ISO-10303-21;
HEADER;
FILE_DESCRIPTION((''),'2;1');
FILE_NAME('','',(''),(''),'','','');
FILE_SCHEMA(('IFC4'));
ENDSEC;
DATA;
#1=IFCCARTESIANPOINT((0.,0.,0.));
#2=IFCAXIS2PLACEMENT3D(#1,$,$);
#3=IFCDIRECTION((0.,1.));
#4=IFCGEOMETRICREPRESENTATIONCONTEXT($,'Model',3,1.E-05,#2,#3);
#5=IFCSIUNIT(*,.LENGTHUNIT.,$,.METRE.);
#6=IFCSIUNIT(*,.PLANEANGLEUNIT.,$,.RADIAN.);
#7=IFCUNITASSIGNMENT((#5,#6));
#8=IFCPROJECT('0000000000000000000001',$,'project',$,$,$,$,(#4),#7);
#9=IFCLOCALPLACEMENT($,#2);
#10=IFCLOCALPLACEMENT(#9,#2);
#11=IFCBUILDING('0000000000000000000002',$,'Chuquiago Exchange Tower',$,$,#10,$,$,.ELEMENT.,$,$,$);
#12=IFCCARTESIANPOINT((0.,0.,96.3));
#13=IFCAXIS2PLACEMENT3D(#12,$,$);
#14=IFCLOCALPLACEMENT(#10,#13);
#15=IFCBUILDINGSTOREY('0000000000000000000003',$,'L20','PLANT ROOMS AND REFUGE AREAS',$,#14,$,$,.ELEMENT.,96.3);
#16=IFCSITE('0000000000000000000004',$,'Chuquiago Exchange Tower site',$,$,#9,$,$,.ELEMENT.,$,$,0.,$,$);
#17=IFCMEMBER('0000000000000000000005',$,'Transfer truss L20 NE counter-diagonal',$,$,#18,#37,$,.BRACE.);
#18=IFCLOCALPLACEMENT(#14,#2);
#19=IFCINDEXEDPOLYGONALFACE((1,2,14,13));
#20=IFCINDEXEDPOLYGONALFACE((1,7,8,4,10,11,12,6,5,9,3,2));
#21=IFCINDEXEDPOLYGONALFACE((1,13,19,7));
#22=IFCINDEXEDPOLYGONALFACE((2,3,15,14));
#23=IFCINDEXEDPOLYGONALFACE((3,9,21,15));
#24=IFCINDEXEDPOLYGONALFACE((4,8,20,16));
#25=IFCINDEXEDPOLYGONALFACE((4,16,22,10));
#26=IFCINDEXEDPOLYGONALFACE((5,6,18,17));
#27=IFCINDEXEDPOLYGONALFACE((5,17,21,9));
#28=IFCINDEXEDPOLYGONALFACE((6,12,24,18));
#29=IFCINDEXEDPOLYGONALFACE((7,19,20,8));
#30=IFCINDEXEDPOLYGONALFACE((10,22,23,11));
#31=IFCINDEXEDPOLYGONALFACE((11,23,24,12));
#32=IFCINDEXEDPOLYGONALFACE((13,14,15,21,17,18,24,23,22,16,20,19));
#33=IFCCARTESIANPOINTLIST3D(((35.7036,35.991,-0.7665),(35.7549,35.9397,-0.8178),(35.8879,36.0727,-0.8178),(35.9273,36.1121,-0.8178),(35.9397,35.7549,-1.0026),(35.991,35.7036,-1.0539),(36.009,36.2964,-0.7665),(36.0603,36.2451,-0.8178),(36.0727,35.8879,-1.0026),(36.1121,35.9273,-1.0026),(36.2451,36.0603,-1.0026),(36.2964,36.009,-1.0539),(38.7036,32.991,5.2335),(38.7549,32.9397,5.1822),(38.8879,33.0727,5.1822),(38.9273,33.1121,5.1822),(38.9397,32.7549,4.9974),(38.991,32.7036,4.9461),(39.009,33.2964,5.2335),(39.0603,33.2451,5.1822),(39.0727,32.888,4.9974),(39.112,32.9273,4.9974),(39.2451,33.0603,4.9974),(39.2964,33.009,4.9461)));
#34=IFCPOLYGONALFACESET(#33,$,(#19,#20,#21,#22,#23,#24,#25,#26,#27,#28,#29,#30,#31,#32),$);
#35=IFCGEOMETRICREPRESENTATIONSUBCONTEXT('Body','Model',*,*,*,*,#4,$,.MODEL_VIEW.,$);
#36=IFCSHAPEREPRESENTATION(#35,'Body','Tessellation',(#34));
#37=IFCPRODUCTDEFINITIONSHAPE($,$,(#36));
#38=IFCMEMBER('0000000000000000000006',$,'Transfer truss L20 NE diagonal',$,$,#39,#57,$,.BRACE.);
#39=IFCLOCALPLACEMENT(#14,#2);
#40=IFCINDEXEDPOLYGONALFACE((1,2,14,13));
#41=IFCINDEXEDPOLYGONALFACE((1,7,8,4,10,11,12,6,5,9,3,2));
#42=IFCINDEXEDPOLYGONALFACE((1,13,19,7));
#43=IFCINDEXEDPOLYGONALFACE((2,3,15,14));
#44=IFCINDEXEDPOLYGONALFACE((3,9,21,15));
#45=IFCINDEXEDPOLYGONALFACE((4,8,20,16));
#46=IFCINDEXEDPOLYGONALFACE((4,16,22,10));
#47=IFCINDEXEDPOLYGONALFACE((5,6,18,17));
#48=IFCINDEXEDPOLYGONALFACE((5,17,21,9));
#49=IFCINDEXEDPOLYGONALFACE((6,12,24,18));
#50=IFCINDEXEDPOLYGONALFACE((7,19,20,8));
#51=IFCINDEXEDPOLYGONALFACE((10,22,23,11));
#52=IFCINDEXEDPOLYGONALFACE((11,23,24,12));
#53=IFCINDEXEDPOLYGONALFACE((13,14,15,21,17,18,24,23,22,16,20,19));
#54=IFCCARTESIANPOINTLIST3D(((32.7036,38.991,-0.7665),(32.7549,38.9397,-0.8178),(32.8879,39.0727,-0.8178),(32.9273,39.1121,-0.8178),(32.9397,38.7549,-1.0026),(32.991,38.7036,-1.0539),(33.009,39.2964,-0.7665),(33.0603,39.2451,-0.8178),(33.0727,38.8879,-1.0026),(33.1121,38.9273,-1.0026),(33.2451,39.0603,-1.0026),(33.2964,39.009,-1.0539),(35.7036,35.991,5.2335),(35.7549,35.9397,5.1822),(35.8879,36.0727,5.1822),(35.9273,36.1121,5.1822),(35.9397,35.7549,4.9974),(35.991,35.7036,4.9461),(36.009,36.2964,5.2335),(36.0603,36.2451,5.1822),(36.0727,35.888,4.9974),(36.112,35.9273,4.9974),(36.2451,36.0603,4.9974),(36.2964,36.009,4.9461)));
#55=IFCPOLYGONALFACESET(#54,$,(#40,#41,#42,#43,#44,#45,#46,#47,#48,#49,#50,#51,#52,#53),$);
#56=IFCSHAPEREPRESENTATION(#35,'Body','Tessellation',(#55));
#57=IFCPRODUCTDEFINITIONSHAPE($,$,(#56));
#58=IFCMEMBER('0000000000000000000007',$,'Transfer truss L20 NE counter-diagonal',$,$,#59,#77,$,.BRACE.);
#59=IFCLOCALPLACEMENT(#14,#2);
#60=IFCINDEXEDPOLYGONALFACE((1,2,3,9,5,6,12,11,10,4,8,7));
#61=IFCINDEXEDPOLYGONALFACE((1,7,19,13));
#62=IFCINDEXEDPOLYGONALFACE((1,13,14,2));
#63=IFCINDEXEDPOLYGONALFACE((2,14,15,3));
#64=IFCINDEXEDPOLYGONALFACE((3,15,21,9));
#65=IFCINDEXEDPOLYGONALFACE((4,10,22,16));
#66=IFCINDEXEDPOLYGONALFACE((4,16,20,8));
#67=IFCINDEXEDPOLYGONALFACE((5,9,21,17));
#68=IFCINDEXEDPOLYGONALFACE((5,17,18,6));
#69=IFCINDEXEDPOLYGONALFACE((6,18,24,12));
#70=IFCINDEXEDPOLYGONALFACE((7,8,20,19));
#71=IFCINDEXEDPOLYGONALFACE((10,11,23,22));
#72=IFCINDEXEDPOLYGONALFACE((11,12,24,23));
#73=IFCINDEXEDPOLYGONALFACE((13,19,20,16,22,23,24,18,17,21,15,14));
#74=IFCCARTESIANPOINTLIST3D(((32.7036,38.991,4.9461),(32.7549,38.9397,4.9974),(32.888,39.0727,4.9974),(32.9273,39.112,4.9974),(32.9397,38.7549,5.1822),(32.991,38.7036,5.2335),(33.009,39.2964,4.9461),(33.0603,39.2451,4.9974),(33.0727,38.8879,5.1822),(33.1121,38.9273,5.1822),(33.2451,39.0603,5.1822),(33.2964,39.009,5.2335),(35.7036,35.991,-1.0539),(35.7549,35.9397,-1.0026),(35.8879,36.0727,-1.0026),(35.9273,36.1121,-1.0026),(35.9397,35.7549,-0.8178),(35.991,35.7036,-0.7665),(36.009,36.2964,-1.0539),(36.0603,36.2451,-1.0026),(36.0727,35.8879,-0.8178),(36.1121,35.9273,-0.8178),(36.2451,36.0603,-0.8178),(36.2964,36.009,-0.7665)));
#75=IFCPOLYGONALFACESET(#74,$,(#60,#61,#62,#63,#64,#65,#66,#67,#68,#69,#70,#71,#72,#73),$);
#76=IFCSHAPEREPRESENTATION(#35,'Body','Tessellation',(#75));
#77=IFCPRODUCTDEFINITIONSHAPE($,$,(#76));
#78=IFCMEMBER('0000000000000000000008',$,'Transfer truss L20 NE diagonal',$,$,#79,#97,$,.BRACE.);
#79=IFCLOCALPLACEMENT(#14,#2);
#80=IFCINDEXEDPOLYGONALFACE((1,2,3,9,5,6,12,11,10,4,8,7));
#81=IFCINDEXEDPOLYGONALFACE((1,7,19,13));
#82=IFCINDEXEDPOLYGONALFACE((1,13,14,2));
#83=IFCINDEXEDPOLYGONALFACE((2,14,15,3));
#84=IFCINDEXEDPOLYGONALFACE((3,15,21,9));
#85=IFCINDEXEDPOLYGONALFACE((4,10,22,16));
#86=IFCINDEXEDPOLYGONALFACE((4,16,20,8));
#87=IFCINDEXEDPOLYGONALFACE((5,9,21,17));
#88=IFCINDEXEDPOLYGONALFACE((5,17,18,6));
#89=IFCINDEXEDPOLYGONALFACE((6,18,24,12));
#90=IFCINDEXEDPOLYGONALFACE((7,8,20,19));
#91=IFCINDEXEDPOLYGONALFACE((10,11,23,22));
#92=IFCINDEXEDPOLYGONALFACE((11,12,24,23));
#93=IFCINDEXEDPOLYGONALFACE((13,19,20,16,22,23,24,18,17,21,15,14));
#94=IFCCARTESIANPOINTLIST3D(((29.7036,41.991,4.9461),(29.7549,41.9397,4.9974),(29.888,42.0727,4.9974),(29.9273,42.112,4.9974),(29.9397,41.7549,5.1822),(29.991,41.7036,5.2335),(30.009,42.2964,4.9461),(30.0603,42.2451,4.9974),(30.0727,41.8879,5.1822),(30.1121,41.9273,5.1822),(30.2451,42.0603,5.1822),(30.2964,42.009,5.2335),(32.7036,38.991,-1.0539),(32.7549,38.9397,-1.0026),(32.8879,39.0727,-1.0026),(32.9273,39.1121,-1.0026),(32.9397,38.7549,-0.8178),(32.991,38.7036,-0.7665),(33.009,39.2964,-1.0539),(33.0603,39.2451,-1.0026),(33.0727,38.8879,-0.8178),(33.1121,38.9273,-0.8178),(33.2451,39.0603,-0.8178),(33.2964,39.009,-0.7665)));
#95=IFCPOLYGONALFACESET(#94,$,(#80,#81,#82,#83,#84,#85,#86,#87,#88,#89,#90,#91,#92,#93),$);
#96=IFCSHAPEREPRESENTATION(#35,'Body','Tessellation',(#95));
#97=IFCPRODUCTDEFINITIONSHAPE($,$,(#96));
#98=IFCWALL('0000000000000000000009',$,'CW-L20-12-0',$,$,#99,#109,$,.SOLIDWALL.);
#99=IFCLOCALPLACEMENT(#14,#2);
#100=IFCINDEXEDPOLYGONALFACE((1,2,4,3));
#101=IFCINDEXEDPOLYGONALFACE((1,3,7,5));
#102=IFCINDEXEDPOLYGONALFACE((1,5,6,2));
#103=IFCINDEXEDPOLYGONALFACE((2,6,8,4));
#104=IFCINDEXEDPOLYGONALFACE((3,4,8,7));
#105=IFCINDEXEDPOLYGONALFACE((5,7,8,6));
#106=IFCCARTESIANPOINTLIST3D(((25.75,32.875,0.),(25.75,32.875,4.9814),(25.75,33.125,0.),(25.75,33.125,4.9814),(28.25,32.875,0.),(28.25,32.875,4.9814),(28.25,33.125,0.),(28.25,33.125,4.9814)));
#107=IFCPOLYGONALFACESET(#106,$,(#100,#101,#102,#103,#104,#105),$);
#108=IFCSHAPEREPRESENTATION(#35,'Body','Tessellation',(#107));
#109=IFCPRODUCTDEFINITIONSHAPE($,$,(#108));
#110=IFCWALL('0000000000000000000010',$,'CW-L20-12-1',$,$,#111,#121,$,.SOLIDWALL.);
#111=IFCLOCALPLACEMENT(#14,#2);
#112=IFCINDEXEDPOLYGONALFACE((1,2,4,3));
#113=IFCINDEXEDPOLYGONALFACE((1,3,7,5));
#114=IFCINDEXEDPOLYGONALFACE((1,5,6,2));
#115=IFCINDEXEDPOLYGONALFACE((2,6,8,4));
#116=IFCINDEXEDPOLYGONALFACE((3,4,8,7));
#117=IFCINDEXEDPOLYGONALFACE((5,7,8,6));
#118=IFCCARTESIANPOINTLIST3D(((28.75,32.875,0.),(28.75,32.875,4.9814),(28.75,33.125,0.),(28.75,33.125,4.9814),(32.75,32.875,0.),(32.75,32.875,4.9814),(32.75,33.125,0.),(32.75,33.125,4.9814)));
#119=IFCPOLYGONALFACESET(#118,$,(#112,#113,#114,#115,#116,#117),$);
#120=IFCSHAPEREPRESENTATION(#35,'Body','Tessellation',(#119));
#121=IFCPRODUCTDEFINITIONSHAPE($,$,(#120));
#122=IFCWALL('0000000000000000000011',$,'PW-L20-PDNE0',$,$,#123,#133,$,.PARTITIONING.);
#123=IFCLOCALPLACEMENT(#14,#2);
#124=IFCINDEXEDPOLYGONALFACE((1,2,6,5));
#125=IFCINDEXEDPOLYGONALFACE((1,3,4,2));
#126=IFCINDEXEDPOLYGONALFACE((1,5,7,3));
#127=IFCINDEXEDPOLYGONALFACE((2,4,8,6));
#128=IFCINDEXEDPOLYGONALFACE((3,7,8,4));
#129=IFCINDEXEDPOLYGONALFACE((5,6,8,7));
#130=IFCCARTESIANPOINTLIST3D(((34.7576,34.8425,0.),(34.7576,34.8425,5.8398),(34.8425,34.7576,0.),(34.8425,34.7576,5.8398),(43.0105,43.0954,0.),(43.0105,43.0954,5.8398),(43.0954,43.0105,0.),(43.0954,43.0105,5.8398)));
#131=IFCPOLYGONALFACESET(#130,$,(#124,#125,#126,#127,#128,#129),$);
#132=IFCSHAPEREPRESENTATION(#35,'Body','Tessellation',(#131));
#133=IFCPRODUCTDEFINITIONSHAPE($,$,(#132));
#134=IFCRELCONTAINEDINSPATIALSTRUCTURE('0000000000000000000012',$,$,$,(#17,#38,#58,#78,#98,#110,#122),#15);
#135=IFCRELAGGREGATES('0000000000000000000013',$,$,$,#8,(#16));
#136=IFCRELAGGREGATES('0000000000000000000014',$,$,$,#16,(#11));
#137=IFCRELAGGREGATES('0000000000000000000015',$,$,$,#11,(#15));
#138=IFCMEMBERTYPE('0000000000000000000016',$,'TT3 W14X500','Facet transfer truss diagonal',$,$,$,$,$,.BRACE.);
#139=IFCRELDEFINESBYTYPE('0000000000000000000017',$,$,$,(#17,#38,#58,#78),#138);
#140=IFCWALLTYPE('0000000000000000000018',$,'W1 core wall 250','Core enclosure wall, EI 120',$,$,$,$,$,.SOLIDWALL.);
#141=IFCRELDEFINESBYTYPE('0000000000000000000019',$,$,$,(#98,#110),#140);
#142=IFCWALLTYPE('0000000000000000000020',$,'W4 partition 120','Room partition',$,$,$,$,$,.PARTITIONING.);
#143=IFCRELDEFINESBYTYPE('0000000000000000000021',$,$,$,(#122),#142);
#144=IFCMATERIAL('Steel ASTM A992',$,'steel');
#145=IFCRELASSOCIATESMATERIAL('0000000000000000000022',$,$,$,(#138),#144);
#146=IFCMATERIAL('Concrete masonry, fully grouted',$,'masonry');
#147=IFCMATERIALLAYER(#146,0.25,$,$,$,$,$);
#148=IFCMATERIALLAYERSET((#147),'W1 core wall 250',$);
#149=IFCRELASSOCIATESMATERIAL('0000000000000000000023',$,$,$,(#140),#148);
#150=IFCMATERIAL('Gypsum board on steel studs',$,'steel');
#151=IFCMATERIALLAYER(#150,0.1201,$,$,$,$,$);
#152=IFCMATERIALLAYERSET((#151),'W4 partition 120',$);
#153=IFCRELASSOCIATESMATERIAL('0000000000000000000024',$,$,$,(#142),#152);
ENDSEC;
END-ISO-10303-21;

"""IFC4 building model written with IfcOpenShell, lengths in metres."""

from ifc_helpers import new_model, si_unit, direction, frame, frame_2d, origin, origin_2d, place, context, subcontext, project, spatial, rectangle, i_section, extrude, material, layer, layer_set, material_profile, profile_set, type_object, element, save


model = new_model("IFC4")

# Units and contexts
model_context = context("Model", 3, precision=1e-05, world=origin(), true_north=direction((0.0, 1.0)))
body_context = subcontext(model_context, "Body", "Model", "MODEL_VIEW")
ifc_project = project(units=[si_unit("LENGTHUNIT", "METRE"), si_unit("PLANEANGLEUNIT", "RADIAN")], contexts=[model_context])

# Site, building, storey
site_placement = place(None, origin())
site = spatial("IfcSite", under=ifc_project, at=site_placement, Name="Chuquiago Exchange Tower site", CompositionType="ELEMENT", RefElevation=0.0)
building_placement = place(site_placement, origin())
building = spatial("IfcBuilding", under=site, at=building_placement, Name="Chuquiago Exchange Tower", CompositionType="ELEMENT")
storey_placement = place(building_placement, frame((0.0, 0.0, 96.3)))
storey = spatial("IfcBuildingStorey", under=building, at=storey_placement, Name="L20", Description="PLANT ROOMS AND REFUGE AREAS", CompositionType="ELEMENT", Elevation=96.3)

# Members
ifc_material_1 = material(Name="Steel ASTM A992", Category="steel")
ifc_material_profile_1 = material_profile(ifc_material_1, i_section(OverallWidth=0.4319, OverallDepth=0.4978, WebThickness=0.0557, FlangeThickness=0.0889, at=origin_2d()), Name="W14X500")
ifc_profile_set_1 = profile_set([ifc_material_profile_1], Name="Steel ASTM A992")
member_type_1 = type_object("IfcMemberType", Name="TT3 W14X500", Description="Facet transfer truss diagonal", PredefinedType="BRACE", material=ifc_profile_set_1)
for number, where, z_axis, x_axis, name in (
    (1, (36.0, 36.0, -0.9102), (0.408248, -0.408248, 0.816497), (0.707107, 0.707107, 0.0), "Transfer truss L20 NE counter-diagonal"),
    (2, (33.0, 39.0, -0.9102), (0.408248, -0.408248, 0.816497), (0.707107, 0.707107, 0.0), "Transfer truss L20 NE diagonal"),
    (3, (36.0, 36.0, -0.9102), (-0.408248, 0.408248, 0.816497), (-0.707107, -0.707107, 0.0), "Transfer truss L20 NE counter-diagonal"),
    (4, (33.0, 39.0, -0.9102), (-0.408248, 0.408248, 0.816497), (-0.707107, -0.707107, 0.0), "Transfer truss L20 NE diagonal"),
):
    element("IfcMember", number, at=place(storey_placement, frame(where, z_axis=z_axis, x_axis=x_axis)), inside=storey, type_object=member_type_1, Name=name, PredefinedType="BRACE", context=body_context, shape_type="SweptSolid", body=[
        extrude(i_section(OverallWidth=0.4319, OverallDepth=0.4978, WebThickness=0.0557, FlangeThickness=0.0889, at=origin_2d()), origin(), (0.0, 0.0, 1.0), 7.3484),
    ])

# Walls
ifc_material_2 = material(Name="Concrete masonry, fully grouted", Category="masonry")
ifc_layer_1 = layer(ifc_material_2, 0.25)
ifc_layer_set_1 = layer_set([ifc_layer_1], Name="W1 core wall 250")
wall_type_1 = type_object("IfcWallType", Name="W1 core wall 250", Description="Core enclosure wall, EI 120", PredefinedType="SOLIDWALL", material=ifc_layer_set_1)
wall_1_placement = place(storey_placement, frame((25.75, 33.0, 0.0), z_axis=(0.0, 0.0, 1.0), x_axis=(1.0, 0.0, 0.0)))
element("IfcWall", 5, at=wall_1_placement, inside=storey, type_object=wall_type_1, Name="CW-L20-12-0", PredefinedType="SOLIDWALL", context=body_context, shape_type="SweptSolid", body=[
    extrude(rectangle(XDim=2.5, YDim=0.25, at=frame_2d((1.25, 0.0))), origin(), (0.0, 0.0, 1.0), 4.9814),
])
wall_2_placement = place(storey_placement, frame((28.75, 33.0, 0.0), z_axis=(0.0, 0.0, 1.0), x_axis=(1.0, 0.0, 0.0)))
element("IfcWall", 6, at=wall_2_placement, inside=storey, type_object=wall_type_1, Name="CW-L20-12-1", PredefinedType="SOLIDWALL", context=body_context, shape_type="SweptSolid", body=[
    extrude(rectangle(XDim=4.0, YDim=0.25, at=frame_2d((2.0, 0.0))), origin(), (0.0, 0.0, 1.0), 4.9814),
])
ifc_material_3 = material(Name="Gypsum board on steel studs", Category="steel")
ifc_layer_2 = layer(ifc_material_3, 0.1201)
ifc_layer_set_2 = layer_set([ifc_layer_2], Name="W4 partition 120")
wall_type_2 = type_object("IfcWallType", Name="W4 partition 120", Description="Room partition", PredefinedType="PARTITIONING", material=ifc_layer_set_2)
wall_3_placement = place(storey_placement, frame((34.8, 34.8, 0.0), z_axis=(0.0, 0.0, 1.0), x_axis=(0.707107, 0.707107, 0.0)))
element("IfcWall", 7, at=wall_3_placement, inside=storey, type_object=wall_type_2, Name="PW-L20-PDNE0", PredefinedType="PARTITIONING", context=body_context, shape_type="SweptSolid", body=[
    extrude(rectangle(XDim=11.6714, YDim=0.1201, at=frame_2d((5.8357, 0.0))), origin(), (0.0, 0.0, 1.0), 5.8398),
])

save(model, "model.ifc")
